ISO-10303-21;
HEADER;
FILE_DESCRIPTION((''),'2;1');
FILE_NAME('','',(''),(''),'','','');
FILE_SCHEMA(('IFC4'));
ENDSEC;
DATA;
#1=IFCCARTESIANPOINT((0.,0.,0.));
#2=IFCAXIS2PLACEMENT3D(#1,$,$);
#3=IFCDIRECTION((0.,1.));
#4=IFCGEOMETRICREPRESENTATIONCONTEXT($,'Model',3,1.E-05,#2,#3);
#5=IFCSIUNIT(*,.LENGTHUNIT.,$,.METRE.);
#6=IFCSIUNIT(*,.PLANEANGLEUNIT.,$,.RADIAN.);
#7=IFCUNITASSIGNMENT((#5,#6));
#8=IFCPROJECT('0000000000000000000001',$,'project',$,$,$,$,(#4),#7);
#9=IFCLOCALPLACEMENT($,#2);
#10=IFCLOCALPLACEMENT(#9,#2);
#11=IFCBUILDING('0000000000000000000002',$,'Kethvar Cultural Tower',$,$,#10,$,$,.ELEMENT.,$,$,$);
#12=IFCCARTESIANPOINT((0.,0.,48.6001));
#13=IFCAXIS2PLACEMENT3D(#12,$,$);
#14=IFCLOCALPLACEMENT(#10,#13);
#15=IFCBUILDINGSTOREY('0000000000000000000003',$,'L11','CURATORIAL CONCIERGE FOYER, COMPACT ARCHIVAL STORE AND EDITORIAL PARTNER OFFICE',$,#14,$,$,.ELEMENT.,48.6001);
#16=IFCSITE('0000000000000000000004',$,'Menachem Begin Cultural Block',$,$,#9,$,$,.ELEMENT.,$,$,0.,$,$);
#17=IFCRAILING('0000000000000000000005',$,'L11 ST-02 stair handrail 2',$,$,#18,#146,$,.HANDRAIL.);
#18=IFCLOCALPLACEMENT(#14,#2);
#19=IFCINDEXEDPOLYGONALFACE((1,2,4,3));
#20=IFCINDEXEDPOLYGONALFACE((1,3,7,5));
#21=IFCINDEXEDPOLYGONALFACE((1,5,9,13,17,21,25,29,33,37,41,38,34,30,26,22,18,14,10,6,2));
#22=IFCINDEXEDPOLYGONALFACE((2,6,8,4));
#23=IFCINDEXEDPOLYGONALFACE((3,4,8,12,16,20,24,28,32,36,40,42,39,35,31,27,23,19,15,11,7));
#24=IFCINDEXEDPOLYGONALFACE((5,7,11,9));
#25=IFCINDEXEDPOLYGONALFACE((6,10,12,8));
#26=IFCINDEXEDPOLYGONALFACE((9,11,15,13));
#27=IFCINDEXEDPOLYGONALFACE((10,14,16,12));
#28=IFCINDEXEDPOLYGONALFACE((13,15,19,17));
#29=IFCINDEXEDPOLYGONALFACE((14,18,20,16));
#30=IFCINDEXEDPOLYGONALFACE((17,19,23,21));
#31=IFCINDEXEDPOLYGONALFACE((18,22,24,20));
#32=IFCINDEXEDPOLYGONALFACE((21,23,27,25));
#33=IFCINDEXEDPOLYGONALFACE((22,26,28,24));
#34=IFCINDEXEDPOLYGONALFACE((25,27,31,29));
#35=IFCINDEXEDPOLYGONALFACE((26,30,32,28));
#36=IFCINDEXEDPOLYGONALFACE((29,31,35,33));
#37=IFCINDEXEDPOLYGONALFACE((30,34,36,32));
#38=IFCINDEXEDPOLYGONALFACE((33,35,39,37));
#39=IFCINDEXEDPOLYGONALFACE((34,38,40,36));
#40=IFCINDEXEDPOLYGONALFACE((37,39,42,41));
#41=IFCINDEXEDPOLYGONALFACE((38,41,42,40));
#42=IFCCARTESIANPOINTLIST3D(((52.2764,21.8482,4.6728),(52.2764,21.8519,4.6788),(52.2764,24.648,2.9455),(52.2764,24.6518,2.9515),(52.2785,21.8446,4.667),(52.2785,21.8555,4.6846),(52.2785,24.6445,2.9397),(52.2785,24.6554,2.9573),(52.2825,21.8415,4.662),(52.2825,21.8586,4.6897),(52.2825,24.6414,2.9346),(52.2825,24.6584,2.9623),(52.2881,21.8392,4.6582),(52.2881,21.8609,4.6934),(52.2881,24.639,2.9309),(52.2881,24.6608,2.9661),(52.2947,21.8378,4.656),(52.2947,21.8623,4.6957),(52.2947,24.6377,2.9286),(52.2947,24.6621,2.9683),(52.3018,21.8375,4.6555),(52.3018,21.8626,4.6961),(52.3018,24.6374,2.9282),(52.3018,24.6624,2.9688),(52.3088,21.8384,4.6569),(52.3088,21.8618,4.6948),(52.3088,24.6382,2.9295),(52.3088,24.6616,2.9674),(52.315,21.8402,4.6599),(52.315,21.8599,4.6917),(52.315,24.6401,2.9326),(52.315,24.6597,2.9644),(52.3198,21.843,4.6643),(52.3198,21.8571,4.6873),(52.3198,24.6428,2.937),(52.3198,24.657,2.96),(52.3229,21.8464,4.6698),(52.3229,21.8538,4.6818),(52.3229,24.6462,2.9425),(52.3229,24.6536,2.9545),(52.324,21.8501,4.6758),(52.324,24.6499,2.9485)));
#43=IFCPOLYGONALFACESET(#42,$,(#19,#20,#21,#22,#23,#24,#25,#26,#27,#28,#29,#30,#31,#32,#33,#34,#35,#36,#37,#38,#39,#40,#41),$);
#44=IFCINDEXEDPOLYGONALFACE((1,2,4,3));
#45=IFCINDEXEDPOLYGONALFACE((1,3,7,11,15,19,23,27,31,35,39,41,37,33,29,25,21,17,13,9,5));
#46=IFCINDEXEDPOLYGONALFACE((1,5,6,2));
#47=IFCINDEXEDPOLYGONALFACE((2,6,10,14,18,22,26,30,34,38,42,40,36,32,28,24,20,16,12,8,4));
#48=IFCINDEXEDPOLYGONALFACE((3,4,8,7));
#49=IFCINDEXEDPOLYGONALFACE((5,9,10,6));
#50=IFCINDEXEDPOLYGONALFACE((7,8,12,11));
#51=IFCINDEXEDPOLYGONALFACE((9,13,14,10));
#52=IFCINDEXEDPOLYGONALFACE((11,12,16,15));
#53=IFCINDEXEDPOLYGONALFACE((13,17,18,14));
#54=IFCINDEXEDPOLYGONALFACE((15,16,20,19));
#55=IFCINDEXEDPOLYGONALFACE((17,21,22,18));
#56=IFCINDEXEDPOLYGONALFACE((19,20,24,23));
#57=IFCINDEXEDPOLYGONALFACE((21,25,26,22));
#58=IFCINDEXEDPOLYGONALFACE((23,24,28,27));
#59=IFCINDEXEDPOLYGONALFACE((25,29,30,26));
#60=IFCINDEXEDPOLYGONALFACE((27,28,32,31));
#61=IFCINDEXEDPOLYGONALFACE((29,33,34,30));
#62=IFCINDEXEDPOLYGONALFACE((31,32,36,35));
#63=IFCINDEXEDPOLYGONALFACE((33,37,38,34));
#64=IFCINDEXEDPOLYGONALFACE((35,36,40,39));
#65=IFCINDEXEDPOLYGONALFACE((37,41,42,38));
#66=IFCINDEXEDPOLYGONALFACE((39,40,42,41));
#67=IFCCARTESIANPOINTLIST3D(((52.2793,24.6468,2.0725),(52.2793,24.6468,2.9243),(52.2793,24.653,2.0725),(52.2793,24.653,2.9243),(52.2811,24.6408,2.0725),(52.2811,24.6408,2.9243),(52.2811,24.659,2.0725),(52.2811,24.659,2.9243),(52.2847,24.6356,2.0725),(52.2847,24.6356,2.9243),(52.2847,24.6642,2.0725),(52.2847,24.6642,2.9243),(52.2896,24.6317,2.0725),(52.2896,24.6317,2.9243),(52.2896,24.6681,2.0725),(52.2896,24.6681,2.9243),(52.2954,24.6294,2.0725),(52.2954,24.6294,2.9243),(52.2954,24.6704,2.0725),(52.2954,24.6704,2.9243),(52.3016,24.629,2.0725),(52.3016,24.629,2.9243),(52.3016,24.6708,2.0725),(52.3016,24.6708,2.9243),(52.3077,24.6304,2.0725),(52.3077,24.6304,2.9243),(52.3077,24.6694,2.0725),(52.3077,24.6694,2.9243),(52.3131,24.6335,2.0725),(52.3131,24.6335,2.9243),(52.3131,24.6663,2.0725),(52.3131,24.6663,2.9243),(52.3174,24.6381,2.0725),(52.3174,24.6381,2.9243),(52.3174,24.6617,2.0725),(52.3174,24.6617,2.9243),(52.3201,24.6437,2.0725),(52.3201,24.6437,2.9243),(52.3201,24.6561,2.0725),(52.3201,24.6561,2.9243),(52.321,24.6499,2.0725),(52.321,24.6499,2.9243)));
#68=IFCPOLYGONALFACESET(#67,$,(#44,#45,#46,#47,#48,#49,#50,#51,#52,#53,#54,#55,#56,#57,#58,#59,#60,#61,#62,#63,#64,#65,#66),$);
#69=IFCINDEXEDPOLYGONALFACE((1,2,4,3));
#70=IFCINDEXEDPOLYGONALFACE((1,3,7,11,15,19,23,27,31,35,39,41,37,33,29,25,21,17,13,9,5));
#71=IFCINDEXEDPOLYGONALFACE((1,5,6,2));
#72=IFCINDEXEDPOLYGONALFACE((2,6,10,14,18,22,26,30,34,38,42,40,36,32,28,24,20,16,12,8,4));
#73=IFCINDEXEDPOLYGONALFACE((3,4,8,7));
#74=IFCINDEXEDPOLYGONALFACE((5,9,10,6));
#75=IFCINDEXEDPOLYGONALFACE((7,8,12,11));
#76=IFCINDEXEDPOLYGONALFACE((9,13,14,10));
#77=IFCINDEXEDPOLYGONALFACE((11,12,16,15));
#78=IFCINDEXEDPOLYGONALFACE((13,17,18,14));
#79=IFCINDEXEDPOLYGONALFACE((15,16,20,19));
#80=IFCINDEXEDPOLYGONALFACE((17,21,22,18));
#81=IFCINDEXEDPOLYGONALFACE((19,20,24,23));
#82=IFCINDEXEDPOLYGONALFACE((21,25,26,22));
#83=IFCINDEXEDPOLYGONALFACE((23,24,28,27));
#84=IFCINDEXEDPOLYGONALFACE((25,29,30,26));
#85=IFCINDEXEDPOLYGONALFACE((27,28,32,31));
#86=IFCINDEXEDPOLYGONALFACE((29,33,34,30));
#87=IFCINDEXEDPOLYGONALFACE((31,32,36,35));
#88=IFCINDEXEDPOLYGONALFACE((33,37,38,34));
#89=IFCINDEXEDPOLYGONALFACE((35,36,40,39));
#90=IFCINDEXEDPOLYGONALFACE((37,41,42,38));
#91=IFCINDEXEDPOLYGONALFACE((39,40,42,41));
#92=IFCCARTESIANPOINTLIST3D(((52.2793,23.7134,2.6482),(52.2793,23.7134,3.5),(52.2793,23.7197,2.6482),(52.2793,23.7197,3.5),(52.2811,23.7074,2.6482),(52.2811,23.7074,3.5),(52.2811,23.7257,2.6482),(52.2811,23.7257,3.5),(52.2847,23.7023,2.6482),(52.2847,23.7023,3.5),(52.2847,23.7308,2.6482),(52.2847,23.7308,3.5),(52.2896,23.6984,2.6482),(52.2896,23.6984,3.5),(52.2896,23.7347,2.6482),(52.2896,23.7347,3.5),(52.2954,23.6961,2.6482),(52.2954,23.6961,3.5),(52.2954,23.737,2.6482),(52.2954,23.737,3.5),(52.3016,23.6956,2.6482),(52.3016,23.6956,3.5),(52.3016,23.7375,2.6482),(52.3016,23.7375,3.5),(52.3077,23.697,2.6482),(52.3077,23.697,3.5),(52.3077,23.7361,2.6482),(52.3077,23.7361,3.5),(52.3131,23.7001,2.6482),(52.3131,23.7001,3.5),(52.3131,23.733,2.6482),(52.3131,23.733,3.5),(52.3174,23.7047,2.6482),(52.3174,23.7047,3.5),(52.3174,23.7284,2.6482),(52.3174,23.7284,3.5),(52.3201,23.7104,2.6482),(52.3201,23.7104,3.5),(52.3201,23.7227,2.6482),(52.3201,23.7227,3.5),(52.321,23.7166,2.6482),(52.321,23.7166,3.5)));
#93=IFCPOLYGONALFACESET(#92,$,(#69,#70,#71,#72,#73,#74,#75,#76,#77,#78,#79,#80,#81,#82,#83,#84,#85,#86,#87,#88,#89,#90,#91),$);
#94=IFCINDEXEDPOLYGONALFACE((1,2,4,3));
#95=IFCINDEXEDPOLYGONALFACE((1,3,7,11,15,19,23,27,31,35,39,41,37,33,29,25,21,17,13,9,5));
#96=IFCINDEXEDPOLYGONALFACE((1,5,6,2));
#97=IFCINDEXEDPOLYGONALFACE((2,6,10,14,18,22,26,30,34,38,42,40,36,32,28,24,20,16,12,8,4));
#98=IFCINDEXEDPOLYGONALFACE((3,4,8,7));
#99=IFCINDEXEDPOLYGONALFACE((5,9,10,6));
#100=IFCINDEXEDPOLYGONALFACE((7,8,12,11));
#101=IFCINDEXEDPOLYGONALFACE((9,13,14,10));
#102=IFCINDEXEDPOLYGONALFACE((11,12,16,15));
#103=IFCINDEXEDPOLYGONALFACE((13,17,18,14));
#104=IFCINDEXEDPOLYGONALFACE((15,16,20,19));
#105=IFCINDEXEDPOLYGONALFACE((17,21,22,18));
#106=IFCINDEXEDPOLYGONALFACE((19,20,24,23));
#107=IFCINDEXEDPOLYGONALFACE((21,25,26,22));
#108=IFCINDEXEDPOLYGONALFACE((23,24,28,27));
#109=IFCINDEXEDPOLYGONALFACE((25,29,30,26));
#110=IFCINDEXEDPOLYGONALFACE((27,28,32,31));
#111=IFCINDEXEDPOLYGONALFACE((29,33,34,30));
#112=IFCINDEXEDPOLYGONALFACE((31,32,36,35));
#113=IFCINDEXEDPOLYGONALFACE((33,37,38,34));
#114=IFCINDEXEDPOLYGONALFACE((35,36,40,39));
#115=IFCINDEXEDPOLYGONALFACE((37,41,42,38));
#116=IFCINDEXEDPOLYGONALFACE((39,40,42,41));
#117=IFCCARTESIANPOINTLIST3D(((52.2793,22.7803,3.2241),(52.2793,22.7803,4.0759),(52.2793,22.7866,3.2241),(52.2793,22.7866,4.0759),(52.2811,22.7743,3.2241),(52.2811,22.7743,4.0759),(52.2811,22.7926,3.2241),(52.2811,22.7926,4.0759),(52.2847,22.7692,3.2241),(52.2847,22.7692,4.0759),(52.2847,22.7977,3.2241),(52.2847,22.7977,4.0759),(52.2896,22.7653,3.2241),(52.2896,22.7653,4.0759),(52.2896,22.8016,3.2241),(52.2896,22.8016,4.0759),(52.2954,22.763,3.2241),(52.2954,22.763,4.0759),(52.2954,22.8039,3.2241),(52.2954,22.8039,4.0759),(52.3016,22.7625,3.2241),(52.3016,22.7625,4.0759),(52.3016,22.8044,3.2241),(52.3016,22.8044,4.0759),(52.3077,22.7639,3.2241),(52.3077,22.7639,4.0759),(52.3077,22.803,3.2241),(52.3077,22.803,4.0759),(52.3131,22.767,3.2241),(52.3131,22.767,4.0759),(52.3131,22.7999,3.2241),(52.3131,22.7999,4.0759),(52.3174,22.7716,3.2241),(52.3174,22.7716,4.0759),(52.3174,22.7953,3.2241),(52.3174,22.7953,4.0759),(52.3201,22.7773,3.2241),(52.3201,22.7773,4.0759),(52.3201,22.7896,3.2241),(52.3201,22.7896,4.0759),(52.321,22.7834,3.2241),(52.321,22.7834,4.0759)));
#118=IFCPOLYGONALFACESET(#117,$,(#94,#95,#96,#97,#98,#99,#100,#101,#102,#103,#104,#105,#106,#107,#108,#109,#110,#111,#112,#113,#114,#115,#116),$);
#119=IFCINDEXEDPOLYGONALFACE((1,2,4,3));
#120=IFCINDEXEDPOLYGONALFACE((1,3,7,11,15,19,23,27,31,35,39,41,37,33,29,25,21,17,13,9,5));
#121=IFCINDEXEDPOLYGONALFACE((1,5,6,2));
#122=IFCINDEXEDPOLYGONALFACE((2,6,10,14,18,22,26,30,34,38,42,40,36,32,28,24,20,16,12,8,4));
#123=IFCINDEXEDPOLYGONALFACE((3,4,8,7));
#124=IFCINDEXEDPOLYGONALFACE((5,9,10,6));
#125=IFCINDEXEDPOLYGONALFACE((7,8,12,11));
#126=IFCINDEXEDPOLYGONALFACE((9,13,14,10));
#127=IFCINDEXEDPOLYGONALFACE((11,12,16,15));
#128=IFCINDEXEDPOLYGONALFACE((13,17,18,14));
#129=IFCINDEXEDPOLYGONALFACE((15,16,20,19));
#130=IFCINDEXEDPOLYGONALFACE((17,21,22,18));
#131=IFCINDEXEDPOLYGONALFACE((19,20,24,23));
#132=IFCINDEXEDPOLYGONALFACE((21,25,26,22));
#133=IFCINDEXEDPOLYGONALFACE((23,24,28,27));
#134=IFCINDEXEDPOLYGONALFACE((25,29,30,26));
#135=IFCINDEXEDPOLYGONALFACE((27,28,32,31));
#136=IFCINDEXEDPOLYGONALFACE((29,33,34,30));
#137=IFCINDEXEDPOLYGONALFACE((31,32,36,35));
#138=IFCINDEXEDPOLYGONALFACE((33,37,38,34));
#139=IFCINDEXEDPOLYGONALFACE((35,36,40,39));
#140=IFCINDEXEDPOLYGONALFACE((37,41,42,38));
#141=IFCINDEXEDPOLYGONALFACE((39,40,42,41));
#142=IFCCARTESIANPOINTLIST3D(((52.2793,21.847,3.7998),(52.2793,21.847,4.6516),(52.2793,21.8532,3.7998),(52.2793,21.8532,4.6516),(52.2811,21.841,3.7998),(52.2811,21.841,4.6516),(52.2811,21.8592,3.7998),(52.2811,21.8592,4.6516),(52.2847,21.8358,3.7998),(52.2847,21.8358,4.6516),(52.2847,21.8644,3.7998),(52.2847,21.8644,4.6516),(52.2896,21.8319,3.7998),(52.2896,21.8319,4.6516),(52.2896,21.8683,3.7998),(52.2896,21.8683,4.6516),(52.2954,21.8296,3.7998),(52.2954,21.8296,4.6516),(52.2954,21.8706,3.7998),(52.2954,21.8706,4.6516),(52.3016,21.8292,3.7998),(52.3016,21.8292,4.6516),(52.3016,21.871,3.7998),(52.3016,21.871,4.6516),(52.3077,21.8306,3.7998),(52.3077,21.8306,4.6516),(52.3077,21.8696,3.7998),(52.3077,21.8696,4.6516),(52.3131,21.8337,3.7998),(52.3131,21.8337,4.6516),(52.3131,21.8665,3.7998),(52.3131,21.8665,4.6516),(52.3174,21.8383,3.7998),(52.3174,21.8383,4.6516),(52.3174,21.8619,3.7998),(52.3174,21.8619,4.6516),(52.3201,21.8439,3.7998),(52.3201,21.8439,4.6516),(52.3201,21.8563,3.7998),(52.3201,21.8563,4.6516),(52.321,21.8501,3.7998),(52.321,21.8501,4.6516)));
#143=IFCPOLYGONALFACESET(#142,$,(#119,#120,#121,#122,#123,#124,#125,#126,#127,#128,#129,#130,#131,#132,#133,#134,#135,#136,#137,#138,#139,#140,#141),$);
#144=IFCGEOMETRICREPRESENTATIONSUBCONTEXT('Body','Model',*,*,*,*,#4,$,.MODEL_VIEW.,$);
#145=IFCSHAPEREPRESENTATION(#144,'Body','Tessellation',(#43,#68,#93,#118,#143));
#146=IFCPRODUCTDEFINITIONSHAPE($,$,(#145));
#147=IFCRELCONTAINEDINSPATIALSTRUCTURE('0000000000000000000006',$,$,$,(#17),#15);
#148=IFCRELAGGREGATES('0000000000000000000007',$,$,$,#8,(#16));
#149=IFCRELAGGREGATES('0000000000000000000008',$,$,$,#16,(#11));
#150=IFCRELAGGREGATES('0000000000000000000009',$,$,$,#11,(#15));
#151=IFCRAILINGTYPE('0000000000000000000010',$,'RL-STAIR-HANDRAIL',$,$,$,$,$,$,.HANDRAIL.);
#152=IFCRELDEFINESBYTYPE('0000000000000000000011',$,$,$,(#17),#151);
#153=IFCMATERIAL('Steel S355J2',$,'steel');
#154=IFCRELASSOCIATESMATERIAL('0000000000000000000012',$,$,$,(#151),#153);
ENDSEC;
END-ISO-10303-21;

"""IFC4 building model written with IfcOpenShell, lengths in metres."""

from ifc_helpers import new_model, si_unit, direction, frame, origin, origin_2d, place, context, subcontext, project, spatial, circle, extrude, material, type_object, element, save


model = new_model("IFC4")

# Units and contexts
model_context = context("Model", 3, precision=1e-05, world=origin(), true_north=direction((0.0, 1.0)))
body_context = subcontext(model_context, "Body", "Model", "MODEL_VIEW")
ifc_project = project(units=[si_unit("LENGTHUNIT", "METRE"), si_unit("PLANEANGLEUNIT", "RADIAN")], contexts=[model_context])

# Site, building, storey
site_placement = place(None, origin())
site = spatial("IfcSite", under=ifc_project, at=site_placement, Name="Menachem Begin Cultural Block", CompositionType="ELEMENT", RefElevation=0.0)
building_placement = place(site_placement, origin())
building = spatial("IfcBuilding", under=site, at=building_placement, Name="Kethvar Cultural Tower", CompositionType="ELEMENT")
storey_placement = place(building_placement, frame((0.0, 0.0, 48.6001)))
storey = spatial("IfcBuildingStorey", under=building, at=storey_placement, Name="L11", Description="CURATORIAL CONCIERGE FOYER, COMPACT ARCHIVAL STORE AND EDITORIAL PARTNER OFFICE", CompositionType="ELEMENT", Elevation=48.6001)

# Shared definitions
ifc_material_1 = material(Name="Steel S355J2", Category="steel")

# Railing
railing_type_1 = type_object("IfcRailingType", Name="RL-STAIR-HANDRAIL", PredefinedType="HANDRAIL", material=ifc_material_1)
railing_1_placement = place(storey_placement, frame((52.3, 24.6499, 2.0725)))
element("IfcRailing", 1, at=railing_1_placement, inside=storey, type_object=railing_type_1, Name="L11 ST-02 stair handrail 2", PredefinedType="HANDRAIL", context=body_context, shape_type="SweptSolid", body=[
    extrude(circle(Radius=0.0239, at=origin_2d()), frame((0.0, 0.0, 0.876), z_axis=(0.0, -0.851069, 0.525054), x_axis=(1.0, 0.0, 0.0)), (0.0, 0.0, 1.0), 3.2898),
    extrude(circle(Radius=0.021, at=origin_2d()), origin(), (0.0, 0.0, 1.0), 0.8518),
    extrude(circle(Radius=0.021, at=origin_2d()), frame((0.0, -0.9333, 0.5757)), (0.0, 0.0, 1.0), 0.8518),
    extrude(circle(Radius=0.021, at=origin_2d()), frame((0.0, -1.8665, 1.1516)), (0.0, 0.0, 1.0), 0.8518),
    extrude(circle(Radius=0.021, at=origin_2d()), frame((0.0, -2.7998, 1.7273)), (0.0, 0.0, 1.0), 0.8518),
])

save(model, "model.ifc")
